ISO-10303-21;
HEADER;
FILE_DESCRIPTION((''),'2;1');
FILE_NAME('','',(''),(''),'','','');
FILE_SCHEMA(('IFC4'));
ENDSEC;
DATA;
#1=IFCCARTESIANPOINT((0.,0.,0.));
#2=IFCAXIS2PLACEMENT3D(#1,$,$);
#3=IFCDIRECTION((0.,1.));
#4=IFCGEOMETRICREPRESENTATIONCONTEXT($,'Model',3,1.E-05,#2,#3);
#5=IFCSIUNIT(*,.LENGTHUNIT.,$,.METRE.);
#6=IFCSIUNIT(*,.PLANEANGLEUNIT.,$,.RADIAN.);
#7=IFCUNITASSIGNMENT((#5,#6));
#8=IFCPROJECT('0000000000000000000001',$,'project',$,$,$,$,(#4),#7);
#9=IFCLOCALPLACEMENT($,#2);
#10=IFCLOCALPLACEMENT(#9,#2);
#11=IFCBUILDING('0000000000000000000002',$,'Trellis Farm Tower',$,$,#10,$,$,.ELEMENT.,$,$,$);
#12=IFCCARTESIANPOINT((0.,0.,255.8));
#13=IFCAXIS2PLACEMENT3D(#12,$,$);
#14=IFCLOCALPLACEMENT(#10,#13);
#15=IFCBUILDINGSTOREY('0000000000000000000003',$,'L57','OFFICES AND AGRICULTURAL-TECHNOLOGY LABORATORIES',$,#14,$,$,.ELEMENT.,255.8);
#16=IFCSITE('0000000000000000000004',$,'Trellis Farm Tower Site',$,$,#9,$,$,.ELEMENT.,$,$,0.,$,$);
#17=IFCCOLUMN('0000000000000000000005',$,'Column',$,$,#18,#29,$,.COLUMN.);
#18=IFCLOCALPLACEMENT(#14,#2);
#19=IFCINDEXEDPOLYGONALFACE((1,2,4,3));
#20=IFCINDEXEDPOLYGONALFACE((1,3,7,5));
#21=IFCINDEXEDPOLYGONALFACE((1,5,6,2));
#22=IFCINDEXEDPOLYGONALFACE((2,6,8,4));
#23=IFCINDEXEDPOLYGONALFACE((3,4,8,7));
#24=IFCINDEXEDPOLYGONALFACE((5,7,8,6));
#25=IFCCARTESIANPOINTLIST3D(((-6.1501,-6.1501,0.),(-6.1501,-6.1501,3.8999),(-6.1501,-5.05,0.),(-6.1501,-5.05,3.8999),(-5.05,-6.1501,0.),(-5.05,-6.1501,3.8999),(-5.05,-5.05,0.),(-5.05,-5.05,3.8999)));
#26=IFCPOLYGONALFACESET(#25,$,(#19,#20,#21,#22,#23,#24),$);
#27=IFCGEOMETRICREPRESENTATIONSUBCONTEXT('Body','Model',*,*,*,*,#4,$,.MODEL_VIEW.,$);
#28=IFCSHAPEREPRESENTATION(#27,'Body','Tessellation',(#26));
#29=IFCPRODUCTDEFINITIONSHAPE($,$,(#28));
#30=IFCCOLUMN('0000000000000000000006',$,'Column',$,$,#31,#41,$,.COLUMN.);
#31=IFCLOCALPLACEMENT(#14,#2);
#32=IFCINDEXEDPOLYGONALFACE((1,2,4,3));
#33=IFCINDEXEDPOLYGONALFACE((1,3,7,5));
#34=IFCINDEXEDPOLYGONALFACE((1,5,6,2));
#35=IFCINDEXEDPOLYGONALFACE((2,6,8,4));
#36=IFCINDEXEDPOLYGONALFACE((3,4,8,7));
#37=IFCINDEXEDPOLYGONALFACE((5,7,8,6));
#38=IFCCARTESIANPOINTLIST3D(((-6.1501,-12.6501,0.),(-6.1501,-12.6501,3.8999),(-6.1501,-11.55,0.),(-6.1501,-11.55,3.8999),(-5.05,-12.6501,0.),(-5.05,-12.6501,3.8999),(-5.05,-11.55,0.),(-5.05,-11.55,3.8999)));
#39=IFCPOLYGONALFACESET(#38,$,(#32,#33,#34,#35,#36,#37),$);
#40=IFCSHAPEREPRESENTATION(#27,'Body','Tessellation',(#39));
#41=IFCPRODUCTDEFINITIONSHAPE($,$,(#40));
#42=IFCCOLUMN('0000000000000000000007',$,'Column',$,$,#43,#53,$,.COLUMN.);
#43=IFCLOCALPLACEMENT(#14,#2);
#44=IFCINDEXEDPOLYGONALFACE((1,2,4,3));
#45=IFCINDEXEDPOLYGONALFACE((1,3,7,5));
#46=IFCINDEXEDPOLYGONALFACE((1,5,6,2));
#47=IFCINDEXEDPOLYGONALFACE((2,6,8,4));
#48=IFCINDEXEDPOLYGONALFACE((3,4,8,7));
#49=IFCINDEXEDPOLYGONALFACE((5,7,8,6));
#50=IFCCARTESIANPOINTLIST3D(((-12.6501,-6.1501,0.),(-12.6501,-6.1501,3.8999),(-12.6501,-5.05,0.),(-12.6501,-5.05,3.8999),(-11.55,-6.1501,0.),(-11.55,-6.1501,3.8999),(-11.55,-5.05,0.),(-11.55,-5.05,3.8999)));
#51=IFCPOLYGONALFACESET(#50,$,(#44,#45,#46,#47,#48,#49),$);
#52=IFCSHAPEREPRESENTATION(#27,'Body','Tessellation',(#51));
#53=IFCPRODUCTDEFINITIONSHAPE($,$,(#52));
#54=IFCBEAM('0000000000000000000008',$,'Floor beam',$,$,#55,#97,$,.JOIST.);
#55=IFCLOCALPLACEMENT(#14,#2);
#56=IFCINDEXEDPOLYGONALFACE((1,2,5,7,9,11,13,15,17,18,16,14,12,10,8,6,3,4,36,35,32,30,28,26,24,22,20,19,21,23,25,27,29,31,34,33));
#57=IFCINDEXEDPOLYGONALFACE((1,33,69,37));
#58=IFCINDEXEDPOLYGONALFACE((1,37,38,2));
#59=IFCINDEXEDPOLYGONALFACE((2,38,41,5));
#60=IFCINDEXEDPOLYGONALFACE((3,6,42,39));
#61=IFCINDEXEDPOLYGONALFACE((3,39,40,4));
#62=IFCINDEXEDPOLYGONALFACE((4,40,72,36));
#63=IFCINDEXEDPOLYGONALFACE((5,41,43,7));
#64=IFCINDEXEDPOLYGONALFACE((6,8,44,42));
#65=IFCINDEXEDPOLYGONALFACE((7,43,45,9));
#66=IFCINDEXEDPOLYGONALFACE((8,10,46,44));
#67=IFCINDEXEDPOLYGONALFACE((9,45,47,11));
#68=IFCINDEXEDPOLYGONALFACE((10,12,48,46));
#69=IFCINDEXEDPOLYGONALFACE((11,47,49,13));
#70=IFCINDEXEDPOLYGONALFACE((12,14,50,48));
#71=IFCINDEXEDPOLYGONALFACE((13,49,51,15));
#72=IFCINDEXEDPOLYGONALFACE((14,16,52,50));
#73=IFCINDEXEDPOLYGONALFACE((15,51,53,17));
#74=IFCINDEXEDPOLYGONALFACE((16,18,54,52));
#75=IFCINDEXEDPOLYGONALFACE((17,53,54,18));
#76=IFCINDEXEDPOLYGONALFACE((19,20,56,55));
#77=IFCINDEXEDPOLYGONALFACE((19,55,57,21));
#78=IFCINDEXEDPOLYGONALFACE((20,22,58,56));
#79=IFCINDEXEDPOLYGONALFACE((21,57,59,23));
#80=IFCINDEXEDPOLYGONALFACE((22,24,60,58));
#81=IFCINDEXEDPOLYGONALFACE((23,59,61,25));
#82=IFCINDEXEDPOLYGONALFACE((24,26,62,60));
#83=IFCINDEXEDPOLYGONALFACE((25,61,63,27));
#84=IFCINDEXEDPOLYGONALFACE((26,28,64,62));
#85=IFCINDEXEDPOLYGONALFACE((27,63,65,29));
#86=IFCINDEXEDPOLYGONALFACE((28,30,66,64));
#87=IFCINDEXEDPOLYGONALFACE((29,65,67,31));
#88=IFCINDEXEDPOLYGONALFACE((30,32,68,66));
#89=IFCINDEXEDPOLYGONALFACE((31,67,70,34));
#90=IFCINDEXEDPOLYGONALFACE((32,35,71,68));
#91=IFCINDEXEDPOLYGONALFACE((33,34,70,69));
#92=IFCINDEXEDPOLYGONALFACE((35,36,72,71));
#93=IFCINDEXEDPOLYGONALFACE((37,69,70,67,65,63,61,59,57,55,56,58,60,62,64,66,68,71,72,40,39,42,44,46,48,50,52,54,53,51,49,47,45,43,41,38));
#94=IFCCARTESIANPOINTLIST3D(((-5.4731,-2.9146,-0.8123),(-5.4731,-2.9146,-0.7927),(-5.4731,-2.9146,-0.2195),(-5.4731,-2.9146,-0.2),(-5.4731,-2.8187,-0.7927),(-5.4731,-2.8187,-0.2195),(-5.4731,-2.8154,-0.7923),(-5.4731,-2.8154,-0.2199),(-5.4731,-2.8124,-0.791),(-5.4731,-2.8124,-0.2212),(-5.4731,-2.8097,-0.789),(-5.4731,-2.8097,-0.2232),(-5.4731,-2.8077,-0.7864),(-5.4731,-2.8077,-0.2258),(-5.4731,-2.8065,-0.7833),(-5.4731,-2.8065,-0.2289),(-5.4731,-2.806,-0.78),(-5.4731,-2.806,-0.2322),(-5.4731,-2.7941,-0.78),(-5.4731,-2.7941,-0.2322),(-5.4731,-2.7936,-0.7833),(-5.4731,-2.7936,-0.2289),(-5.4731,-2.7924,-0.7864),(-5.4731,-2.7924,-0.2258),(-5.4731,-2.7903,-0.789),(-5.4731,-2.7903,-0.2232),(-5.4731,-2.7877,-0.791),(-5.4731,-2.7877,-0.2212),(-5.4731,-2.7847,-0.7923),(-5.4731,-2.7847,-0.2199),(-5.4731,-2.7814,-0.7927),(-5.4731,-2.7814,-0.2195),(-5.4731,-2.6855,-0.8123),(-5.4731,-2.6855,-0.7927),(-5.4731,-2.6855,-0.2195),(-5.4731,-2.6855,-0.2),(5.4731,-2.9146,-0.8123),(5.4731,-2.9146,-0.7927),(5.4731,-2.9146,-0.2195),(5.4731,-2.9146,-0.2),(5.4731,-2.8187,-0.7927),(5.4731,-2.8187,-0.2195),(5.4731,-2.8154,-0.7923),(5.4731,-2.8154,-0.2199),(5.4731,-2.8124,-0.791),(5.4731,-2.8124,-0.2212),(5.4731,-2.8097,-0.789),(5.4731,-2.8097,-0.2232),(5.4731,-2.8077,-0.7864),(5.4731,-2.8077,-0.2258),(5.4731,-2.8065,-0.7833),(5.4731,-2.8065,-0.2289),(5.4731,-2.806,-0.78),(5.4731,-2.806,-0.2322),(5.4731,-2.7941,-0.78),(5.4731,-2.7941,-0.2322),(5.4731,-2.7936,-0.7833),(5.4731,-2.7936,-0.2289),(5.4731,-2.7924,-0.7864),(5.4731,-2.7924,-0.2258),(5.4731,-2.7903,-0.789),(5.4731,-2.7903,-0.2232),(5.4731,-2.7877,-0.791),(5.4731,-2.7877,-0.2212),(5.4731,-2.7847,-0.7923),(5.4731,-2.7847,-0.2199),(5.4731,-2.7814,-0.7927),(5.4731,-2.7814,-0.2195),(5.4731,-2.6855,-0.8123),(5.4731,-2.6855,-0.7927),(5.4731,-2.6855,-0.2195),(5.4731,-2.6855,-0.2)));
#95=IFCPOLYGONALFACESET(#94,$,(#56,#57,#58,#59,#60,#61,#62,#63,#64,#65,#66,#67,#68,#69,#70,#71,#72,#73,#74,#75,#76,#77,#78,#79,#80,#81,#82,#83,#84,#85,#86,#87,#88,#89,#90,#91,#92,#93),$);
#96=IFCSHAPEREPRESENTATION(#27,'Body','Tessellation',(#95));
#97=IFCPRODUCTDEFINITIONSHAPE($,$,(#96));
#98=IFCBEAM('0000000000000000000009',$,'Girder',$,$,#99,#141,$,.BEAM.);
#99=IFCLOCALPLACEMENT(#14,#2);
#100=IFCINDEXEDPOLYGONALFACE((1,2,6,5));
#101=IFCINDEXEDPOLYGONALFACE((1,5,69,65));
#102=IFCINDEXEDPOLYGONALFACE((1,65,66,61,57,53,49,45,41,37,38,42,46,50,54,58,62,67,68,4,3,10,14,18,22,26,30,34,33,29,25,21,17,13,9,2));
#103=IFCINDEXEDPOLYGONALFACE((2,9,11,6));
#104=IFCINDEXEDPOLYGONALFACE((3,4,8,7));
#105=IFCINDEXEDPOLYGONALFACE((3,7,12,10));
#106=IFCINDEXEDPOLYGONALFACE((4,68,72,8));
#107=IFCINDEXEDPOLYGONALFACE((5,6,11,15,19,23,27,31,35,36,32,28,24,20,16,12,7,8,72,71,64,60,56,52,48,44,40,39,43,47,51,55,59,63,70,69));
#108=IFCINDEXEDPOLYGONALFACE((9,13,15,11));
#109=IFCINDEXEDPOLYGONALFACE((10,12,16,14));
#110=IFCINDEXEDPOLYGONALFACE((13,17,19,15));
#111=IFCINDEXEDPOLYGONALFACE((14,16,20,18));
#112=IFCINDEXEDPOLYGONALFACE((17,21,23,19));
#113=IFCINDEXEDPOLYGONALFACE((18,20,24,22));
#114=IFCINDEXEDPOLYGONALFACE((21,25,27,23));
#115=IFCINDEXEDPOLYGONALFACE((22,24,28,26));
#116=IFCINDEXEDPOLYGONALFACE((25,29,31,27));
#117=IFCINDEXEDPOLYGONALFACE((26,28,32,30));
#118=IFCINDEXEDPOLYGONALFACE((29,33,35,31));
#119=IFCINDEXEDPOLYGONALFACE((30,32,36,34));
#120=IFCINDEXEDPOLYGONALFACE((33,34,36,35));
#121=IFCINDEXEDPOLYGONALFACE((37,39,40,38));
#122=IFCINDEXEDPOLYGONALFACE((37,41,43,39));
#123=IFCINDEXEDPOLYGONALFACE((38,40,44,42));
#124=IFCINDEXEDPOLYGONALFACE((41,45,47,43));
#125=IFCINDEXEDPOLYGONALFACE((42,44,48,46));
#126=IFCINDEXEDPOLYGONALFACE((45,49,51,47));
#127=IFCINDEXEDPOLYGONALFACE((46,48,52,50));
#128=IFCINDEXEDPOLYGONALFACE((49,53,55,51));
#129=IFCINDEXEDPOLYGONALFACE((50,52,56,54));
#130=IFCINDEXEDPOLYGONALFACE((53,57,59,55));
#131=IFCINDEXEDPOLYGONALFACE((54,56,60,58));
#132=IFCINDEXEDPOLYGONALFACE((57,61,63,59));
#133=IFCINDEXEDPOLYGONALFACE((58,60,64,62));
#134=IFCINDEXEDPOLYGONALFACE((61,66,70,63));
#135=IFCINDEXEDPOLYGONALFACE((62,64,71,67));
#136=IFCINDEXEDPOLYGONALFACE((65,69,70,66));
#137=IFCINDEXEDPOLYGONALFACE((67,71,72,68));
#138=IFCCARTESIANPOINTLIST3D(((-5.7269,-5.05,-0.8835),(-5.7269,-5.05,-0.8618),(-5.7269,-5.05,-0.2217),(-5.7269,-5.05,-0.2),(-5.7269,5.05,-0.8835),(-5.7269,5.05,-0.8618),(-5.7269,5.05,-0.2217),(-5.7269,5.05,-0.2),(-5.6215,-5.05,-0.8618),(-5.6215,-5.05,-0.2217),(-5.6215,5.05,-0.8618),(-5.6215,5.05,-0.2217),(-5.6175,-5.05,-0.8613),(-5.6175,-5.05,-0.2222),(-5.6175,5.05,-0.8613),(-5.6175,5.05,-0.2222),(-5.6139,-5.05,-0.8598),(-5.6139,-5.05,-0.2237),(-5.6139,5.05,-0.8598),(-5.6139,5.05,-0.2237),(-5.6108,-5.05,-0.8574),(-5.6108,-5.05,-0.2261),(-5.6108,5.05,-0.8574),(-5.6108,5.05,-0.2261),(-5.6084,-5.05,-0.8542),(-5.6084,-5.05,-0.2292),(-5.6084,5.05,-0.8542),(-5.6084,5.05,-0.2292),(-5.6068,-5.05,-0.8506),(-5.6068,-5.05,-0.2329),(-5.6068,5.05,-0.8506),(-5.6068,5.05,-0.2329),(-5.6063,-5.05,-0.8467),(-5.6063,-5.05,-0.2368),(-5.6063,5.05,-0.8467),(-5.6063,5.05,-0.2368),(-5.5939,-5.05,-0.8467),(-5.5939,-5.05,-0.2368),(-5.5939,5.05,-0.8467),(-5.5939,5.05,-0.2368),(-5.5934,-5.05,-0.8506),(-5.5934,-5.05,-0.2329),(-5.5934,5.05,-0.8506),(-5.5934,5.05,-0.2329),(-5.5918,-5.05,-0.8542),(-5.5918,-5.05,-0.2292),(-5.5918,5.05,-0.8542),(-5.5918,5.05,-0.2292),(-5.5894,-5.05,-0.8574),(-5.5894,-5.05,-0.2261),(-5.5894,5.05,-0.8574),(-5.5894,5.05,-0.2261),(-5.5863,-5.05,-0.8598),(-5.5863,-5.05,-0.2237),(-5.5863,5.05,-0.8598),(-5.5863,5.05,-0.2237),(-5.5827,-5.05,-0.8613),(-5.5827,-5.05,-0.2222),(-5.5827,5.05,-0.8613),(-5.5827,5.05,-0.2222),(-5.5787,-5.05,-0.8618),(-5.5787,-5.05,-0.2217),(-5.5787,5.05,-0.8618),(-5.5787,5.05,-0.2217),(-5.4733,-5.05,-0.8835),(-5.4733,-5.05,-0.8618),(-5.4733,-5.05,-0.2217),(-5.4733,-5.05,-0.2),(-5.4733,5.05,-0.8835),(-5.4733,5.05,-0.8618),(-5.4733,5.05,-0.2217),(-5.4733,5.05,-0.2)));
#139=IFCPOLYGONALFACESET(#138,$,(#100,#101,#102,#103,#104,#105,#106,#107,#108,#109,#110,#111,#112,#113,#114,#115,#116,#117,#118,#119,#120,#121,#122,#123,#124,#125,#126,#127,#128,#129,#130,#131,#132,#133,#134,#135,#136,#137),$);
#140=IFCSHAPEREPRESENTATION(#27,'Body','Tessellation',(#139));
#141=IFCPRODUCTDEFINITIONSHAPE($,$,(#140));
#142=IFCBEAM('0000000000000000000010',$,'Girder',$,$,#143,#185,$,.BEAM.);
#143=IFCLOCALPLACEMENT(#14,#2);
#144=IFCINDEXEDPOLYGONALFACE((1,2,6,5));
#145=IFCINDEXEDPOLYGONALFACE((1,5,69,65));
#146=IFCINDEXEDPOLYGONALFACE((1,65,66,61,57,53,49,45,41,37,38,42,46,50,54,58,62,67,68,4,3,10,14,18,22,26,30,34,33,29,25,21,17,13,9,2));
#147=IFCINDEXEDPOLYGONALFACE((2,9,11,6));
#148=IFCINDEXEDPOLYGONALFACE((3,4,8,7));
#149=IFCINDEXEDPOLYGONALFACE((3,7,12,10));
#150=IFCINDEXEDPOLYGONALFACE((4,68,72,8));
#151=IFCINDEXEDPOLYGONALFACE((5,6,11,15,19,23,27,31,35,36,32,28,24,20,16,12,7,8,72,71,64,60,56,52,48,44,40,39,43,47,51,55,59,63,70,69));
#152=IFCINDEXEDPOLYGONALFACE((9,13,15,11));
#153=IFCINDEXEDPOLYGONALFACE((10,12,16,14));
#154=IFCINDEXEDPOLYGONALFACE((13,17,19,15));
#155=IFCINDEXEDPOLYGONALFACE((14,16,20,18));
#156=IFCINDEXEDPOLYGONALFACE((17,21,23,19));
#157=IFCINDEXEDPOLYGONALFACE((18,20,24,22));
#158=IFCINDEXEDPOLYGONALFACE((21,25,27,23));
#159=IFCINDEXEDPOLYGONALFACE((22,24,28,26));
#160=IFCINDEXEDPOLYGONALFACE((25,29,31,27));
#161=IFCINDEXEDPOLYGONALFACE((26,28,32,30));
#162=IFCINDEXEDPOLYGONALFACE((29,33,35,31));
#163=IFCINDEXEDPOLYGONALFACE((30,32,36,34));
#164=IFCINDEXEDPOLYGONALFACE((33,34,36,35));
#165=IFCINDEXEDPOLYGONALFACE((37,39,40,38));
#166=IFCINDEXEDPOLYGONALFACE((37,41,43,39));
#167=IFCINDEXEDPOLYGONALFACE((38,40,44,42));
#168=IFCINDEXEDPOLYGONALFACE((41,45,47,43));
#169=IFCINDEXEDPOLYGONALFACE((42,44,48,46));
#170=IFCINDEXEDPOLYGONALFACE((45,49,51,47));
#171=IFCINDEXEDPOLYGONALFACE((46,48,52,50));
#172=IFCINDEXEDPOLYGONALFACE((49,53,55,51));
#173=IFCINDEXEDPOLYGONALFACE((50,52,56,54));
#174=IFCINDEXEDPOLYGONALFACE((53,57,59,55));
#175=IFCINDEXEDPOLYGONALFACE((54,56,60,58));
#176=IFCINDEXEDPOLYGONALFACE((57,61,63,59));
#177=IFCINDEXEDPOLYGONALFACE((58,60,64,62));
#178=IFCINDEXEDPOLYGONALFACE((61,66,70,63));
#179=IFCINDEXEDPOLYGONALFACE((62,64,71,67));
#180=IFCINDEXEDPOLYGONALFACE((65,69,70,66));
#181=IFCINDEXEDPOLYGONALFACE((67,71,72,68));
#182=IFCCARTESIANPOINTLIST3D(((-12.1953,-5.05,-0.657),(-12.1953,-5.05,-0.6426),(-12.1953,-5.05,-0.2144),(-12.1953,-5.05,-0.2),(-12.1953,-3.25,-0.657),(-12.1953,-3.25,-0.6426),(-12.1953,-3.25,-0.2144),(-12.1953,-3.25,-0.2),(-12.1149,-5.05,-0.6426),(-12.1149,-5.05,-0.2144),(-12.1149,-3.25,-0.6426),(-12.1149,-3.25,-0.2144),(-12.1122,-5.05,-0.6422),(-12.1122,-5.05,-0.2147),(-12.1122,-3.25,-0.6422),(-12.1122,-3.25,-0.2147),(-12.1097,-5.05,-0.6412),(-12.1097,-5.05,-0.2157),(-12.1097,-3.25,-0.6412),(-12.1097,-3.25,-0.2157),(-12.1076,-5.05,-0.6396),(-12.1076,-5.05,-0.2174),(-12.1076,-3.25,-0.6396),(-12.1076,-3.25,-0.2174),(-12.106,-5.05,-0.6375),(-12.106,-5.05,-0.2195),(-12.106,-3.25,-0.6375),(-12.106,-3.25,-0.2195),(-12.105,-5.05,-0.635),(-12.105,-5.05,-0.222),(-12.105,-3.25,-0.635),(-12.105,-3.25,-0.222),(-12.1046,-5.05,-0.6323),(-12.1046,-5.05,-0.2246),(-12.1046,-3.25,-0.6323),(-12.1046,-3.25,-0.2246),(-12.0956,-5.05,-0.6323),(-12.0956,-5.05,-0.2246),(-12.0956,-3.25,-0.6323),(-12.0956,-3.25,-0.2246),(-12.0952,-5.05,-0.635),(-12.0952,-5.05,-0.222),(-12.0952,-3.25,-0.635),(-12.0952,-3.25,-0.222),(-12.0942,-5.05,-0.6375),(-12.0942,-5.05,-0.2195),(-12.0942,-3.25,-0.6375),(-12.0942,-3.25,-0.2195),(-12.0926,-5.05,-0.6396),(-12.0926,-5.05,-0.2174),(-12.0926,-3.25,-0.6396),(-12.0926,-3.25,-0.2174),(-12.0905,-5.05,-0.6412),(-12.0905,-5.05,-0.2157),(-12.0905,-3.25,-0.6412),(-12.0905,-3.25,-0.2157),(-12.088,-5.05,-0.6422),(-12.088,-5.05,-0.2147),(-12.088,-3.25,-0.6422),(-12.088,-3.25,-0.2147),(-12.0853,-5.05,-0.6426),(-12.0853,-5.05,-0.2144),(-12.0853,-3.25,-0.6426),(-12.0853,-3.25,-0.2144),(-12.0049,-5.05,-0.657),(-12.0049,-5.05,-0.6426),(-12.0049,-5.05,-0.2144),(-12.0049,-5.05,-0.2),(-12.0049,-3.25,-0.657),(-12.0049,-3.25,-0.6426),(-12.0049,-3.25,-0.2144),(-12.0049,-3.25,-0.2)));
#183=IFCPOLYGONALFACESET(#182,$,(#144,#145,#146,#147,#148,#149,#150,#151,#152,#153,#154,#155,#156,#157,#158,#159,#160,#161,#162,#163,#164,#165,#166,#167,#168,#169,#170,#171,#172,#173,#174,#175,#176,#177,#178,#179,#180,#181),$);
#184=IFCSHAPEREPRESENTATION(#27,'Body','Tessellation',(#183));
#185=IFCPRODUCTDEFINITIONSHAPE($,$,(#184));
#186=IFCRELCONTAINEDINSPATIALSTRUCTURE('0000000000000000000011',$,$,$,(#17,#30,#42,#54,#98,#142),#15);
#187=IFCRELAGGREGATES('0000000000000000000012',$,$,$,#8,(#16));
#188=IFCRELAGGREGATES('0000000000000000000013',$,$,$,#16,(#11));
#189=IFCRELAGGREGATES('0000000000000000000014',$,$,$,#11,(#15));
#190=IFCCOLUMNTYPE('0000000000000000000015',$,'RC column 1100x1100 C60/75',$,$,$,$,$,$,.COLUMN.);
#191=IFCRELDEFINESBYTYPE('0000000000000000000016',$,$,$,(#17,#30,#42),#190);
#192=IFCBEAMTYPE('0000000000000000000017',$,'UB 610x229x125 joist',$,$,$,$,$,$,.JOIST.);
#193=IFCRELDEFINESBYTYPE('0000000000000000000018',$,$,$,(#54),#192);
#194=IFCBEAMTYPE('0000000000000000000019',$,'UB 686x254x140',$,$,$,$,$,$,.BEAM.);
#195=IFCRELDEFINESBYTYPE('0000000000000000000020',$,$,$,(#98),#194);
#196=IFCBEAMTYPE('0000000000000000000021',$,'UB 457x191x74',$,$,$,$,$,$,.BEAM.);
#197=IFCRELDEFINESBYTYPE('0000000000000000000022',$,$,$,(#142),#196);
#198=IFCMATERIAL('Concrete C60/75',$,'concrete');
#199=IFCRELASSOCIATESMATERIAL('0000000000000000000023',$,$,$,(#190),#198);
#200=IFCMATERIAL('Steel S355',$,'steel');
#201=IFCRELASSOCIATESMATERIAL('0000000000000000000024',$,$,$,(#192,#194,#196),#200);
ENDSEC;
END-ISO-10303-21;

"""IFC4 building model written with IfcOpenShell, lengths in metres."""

from ifc_helpers import new_model, si_unit, direction, frame, origin, origin_2d, place, context, subcontext, project, spatial, rectangle, i_section, extrude, source, transform, mapped, material, material_profile, profile_set, type_object, element, save


model = new_model("IFC4")

# Units and contexts
model_context = context("Model", 3, precision=1e-05, world=origin(), true_north=direction((0.0, 1.0)))
body_context = subcontext(model_context, "Body", "Model", "MODEL_VIEW")
ifc_project = project(units=[si_unit("LENGTHUNIT", "METRE"), si_unit("PLANEANGLEUNIT", "RADIAN")], contexts=[model_context])

# Site, building, storey
site_placement = place(None, origin())
site = spatial("IfcSite", under=ifc_project, at=site_placement, Name="Trellis Farm Tower Site", CompositionType="ELEMENT", RefElevation=0.0)
building_placement = place(site_placement, origin())
building = spatial("IfcBuilding", under=site, at=building_placement, Name="Trellis Farm Tower", CompositionType="ELEMENT")
storey_placement = place(building_placement, frame((0.0, 0.0, 255.8)))
storey = spatial("IfcBuildingStorey", under=building, at=storey_placement, Name="L57", Description="OFFICES AND AGRICULTURAL-TECHNOLOGY LABORATORIES", CompositionType="ELEMENT", Elevation=255.8)

# Columns
ifc_material_1 = material(Name="Concrete C60/75", Category="concrete")
ifc_material_profile_1 = material_profile(ifc_material_1, rectangle(XDim=1.1001, YDim=1.1001, at=origin_2d()), Name="RC column 1100x1100 C60/75")
ifc_profile_set_1 = profile_set([ifc_material_profile_1], Name="Concrete C60/75")
column_type = type_object("IfcColumnType", Name="RC column 1100x1100 C60/75", PredefinedType="COLUMN", material=ifc_profile_set_1)
shared_shape_1 = source(origin(), body_context, "Body", "SweptSolid", [
    extrude(rectangle(XDim=1.1001, YDim=1.1001, at=origin_2d()), origin(), (0.0, 0.0, 1.0), 3.8999),
])
for number, where, z_axis, x_axis, name in (
    (1, (-5.6001, -5.6001, 0.0), (0.0, 0.0, 1.0), (1.0, 0.0, 0.0), "Column"),
    (2, (-5.6001, -12.1001, 0.0), (0.0, 0.0, 1.0), (1.0, 0.0, 0.0), "Column"),
    (3, (-12.1001, -5.6001, 0.0), (0.0, 0.0, 1.0), (1.0, 0.0, 0.0), "Column"),
):
    element("IfcColumn", number, at=place(storey_placement, frame(where, z_axis=z_axis, x_axis=x_axis)), inside=storey, type_object=column_type, Name=name, PredefinedType="COLUMN", context=body_context, shape_type="MappedRepresentation", body=[
        mapped(shared_shape_1, transform((0.0, 0.0, 0.0))),
    ])

# Beams
ifc_material_2 = material(Name="Steel S355", Category="steel")
ifc_material_profile_2 = material_profile(ifc_material_2, i_section(OverallWidth=0.229, OverallDepth=0.6123, WebThickness=0.012, FlangeThickness=0.0195, FilletRadius=0.0127, at=origin_2d()), Name="UB 610x229x125")
ifc_profile_set_2 = profile_set([ifc_material_profile_2], Name="Steel S355")
beam_type_1 = type_object("IfcBeamType", Name="UB 610x229x125 joist", PredefinedType="JOIST", material=ifc_profile_set_2)
shared_shape_2 = source(origin(), body_context, "Body", "SweptSolid", [
    extrude(i_section(OverallWidth=0.229, OverallDepth=0.6123, WebThickness=0.012, FlangeThickness=0.0195, FilletRadius=0.0127, at=origin_2d()), origin(), (0.0, 0.0, 1.0), 10.9463),
])
beam_1_placement = place(storey_placement, frame((-5.4731, -2.8, -0.5061), z_axis=(1.0, 0.0, 0.0), x_axis=(0.0, 1.0, 0.0)))
element("IfcBeam", 4, at=beam_1_placement, inside=storey, type_object=beam_type_1, Name="Floor beam", PredefinedType="JOIST", context=body_context, shape_type="MappedRepresentation", body=[
    mapped(shared_shape_2, transform((0.0, 0.0, 0.0))),
])
ifc_material_profile_3 = material_profile(ifc_material_2, i_section(OverallWidth=0.2537, OverallDepth=0.6836, WebThickness=0.0125, FlangeThickness=0.0217, FilletRadius=0.0151, at=origin_2d()), Name="UB 686x254x140")
ifc_profile_set_3 = profile_set([ifc_material_profile_3], Name="Steel S355")
beam_type_2 = type_object("IfcBeamType", Name="UB 686x254x140", PredefinedType="BEAM", material=ifc_profile_set_3)
shared_shape_3 = source(origin(), body_context, "Body", "SweptSolid", [
    extrude(i_section(OverallWidth=0.2537, OverallDepth=0.6836, WebThickness=0.0125, FlangeThickness=0.0217, FilletRadius=0.0151, at=origin_2d()), origin(), (0.0, 0.0, 1.0), 10.1001),
])
beam_2_placement = place(storey_placement, frame((-5.6001, -5.05, -0.5417), z_axis=(0.0, 1.0, 0.0), x_axis=(-1.0, 0.0, 0.0)))
element("IfcBeam", 5, at=beam_2_placement, inside=storey, type_object=beam_type_2, Name="Girder", PredefinedType="BEAM", context=body_context, shape_type="MappedRepresentation", body=[
    mapped(shared_shape_3, transform((0.0, 0.0, 0.0))),
])
ifc_material_profile_4 = material_profile(ifc_material_2, i_section(OverallWidth=0.1904, OverallDepth=0.457, WebThickness=0.009, FlangeThickness=0.0144, FilletRadius=0.0103, at=origin_2d()), Name="UB 457x191x74")
ifc_profile_set_4 = profile_set([ifc_material_profile_4], Name="Steel S355")
beam_type_3 = type_object("IfcBeamType", Name="UB 457x191x74", PredefinedType="BEAM", material=ifc_profile_set_4)
shared_shape_4 = source(origin(), body_context, "Body", "SweptSolid", [
    extrude(i_section(OverallWidth=0.1904, OverallDepth=0.457, WebThickness=0.009, FlangeThickness=0.0144, FilletRadius=0.0103, at=origin_2d()), origin(), (0.0, 0.0, 1.0), 1.8),
])
beam_3_placement = place(storey_placement, frame((-12.1001, -5.05, -0.4285), z_axis=(0.0, 1.0, 0.0), x_axis=(-1.0, 0.0, 0.0)))
element("IfcBeam", 6, at=beam_3_placement, inside=storey, type_object=beam_type_3, Name="Girder", PredefinedType="BEAM", context=body_context, shape_type="MappedRepresentation", body=[
    mapped(shared_shape_4, transform((0.0, 0.0, 0.0))),
])

save(model, "model.ifc")
